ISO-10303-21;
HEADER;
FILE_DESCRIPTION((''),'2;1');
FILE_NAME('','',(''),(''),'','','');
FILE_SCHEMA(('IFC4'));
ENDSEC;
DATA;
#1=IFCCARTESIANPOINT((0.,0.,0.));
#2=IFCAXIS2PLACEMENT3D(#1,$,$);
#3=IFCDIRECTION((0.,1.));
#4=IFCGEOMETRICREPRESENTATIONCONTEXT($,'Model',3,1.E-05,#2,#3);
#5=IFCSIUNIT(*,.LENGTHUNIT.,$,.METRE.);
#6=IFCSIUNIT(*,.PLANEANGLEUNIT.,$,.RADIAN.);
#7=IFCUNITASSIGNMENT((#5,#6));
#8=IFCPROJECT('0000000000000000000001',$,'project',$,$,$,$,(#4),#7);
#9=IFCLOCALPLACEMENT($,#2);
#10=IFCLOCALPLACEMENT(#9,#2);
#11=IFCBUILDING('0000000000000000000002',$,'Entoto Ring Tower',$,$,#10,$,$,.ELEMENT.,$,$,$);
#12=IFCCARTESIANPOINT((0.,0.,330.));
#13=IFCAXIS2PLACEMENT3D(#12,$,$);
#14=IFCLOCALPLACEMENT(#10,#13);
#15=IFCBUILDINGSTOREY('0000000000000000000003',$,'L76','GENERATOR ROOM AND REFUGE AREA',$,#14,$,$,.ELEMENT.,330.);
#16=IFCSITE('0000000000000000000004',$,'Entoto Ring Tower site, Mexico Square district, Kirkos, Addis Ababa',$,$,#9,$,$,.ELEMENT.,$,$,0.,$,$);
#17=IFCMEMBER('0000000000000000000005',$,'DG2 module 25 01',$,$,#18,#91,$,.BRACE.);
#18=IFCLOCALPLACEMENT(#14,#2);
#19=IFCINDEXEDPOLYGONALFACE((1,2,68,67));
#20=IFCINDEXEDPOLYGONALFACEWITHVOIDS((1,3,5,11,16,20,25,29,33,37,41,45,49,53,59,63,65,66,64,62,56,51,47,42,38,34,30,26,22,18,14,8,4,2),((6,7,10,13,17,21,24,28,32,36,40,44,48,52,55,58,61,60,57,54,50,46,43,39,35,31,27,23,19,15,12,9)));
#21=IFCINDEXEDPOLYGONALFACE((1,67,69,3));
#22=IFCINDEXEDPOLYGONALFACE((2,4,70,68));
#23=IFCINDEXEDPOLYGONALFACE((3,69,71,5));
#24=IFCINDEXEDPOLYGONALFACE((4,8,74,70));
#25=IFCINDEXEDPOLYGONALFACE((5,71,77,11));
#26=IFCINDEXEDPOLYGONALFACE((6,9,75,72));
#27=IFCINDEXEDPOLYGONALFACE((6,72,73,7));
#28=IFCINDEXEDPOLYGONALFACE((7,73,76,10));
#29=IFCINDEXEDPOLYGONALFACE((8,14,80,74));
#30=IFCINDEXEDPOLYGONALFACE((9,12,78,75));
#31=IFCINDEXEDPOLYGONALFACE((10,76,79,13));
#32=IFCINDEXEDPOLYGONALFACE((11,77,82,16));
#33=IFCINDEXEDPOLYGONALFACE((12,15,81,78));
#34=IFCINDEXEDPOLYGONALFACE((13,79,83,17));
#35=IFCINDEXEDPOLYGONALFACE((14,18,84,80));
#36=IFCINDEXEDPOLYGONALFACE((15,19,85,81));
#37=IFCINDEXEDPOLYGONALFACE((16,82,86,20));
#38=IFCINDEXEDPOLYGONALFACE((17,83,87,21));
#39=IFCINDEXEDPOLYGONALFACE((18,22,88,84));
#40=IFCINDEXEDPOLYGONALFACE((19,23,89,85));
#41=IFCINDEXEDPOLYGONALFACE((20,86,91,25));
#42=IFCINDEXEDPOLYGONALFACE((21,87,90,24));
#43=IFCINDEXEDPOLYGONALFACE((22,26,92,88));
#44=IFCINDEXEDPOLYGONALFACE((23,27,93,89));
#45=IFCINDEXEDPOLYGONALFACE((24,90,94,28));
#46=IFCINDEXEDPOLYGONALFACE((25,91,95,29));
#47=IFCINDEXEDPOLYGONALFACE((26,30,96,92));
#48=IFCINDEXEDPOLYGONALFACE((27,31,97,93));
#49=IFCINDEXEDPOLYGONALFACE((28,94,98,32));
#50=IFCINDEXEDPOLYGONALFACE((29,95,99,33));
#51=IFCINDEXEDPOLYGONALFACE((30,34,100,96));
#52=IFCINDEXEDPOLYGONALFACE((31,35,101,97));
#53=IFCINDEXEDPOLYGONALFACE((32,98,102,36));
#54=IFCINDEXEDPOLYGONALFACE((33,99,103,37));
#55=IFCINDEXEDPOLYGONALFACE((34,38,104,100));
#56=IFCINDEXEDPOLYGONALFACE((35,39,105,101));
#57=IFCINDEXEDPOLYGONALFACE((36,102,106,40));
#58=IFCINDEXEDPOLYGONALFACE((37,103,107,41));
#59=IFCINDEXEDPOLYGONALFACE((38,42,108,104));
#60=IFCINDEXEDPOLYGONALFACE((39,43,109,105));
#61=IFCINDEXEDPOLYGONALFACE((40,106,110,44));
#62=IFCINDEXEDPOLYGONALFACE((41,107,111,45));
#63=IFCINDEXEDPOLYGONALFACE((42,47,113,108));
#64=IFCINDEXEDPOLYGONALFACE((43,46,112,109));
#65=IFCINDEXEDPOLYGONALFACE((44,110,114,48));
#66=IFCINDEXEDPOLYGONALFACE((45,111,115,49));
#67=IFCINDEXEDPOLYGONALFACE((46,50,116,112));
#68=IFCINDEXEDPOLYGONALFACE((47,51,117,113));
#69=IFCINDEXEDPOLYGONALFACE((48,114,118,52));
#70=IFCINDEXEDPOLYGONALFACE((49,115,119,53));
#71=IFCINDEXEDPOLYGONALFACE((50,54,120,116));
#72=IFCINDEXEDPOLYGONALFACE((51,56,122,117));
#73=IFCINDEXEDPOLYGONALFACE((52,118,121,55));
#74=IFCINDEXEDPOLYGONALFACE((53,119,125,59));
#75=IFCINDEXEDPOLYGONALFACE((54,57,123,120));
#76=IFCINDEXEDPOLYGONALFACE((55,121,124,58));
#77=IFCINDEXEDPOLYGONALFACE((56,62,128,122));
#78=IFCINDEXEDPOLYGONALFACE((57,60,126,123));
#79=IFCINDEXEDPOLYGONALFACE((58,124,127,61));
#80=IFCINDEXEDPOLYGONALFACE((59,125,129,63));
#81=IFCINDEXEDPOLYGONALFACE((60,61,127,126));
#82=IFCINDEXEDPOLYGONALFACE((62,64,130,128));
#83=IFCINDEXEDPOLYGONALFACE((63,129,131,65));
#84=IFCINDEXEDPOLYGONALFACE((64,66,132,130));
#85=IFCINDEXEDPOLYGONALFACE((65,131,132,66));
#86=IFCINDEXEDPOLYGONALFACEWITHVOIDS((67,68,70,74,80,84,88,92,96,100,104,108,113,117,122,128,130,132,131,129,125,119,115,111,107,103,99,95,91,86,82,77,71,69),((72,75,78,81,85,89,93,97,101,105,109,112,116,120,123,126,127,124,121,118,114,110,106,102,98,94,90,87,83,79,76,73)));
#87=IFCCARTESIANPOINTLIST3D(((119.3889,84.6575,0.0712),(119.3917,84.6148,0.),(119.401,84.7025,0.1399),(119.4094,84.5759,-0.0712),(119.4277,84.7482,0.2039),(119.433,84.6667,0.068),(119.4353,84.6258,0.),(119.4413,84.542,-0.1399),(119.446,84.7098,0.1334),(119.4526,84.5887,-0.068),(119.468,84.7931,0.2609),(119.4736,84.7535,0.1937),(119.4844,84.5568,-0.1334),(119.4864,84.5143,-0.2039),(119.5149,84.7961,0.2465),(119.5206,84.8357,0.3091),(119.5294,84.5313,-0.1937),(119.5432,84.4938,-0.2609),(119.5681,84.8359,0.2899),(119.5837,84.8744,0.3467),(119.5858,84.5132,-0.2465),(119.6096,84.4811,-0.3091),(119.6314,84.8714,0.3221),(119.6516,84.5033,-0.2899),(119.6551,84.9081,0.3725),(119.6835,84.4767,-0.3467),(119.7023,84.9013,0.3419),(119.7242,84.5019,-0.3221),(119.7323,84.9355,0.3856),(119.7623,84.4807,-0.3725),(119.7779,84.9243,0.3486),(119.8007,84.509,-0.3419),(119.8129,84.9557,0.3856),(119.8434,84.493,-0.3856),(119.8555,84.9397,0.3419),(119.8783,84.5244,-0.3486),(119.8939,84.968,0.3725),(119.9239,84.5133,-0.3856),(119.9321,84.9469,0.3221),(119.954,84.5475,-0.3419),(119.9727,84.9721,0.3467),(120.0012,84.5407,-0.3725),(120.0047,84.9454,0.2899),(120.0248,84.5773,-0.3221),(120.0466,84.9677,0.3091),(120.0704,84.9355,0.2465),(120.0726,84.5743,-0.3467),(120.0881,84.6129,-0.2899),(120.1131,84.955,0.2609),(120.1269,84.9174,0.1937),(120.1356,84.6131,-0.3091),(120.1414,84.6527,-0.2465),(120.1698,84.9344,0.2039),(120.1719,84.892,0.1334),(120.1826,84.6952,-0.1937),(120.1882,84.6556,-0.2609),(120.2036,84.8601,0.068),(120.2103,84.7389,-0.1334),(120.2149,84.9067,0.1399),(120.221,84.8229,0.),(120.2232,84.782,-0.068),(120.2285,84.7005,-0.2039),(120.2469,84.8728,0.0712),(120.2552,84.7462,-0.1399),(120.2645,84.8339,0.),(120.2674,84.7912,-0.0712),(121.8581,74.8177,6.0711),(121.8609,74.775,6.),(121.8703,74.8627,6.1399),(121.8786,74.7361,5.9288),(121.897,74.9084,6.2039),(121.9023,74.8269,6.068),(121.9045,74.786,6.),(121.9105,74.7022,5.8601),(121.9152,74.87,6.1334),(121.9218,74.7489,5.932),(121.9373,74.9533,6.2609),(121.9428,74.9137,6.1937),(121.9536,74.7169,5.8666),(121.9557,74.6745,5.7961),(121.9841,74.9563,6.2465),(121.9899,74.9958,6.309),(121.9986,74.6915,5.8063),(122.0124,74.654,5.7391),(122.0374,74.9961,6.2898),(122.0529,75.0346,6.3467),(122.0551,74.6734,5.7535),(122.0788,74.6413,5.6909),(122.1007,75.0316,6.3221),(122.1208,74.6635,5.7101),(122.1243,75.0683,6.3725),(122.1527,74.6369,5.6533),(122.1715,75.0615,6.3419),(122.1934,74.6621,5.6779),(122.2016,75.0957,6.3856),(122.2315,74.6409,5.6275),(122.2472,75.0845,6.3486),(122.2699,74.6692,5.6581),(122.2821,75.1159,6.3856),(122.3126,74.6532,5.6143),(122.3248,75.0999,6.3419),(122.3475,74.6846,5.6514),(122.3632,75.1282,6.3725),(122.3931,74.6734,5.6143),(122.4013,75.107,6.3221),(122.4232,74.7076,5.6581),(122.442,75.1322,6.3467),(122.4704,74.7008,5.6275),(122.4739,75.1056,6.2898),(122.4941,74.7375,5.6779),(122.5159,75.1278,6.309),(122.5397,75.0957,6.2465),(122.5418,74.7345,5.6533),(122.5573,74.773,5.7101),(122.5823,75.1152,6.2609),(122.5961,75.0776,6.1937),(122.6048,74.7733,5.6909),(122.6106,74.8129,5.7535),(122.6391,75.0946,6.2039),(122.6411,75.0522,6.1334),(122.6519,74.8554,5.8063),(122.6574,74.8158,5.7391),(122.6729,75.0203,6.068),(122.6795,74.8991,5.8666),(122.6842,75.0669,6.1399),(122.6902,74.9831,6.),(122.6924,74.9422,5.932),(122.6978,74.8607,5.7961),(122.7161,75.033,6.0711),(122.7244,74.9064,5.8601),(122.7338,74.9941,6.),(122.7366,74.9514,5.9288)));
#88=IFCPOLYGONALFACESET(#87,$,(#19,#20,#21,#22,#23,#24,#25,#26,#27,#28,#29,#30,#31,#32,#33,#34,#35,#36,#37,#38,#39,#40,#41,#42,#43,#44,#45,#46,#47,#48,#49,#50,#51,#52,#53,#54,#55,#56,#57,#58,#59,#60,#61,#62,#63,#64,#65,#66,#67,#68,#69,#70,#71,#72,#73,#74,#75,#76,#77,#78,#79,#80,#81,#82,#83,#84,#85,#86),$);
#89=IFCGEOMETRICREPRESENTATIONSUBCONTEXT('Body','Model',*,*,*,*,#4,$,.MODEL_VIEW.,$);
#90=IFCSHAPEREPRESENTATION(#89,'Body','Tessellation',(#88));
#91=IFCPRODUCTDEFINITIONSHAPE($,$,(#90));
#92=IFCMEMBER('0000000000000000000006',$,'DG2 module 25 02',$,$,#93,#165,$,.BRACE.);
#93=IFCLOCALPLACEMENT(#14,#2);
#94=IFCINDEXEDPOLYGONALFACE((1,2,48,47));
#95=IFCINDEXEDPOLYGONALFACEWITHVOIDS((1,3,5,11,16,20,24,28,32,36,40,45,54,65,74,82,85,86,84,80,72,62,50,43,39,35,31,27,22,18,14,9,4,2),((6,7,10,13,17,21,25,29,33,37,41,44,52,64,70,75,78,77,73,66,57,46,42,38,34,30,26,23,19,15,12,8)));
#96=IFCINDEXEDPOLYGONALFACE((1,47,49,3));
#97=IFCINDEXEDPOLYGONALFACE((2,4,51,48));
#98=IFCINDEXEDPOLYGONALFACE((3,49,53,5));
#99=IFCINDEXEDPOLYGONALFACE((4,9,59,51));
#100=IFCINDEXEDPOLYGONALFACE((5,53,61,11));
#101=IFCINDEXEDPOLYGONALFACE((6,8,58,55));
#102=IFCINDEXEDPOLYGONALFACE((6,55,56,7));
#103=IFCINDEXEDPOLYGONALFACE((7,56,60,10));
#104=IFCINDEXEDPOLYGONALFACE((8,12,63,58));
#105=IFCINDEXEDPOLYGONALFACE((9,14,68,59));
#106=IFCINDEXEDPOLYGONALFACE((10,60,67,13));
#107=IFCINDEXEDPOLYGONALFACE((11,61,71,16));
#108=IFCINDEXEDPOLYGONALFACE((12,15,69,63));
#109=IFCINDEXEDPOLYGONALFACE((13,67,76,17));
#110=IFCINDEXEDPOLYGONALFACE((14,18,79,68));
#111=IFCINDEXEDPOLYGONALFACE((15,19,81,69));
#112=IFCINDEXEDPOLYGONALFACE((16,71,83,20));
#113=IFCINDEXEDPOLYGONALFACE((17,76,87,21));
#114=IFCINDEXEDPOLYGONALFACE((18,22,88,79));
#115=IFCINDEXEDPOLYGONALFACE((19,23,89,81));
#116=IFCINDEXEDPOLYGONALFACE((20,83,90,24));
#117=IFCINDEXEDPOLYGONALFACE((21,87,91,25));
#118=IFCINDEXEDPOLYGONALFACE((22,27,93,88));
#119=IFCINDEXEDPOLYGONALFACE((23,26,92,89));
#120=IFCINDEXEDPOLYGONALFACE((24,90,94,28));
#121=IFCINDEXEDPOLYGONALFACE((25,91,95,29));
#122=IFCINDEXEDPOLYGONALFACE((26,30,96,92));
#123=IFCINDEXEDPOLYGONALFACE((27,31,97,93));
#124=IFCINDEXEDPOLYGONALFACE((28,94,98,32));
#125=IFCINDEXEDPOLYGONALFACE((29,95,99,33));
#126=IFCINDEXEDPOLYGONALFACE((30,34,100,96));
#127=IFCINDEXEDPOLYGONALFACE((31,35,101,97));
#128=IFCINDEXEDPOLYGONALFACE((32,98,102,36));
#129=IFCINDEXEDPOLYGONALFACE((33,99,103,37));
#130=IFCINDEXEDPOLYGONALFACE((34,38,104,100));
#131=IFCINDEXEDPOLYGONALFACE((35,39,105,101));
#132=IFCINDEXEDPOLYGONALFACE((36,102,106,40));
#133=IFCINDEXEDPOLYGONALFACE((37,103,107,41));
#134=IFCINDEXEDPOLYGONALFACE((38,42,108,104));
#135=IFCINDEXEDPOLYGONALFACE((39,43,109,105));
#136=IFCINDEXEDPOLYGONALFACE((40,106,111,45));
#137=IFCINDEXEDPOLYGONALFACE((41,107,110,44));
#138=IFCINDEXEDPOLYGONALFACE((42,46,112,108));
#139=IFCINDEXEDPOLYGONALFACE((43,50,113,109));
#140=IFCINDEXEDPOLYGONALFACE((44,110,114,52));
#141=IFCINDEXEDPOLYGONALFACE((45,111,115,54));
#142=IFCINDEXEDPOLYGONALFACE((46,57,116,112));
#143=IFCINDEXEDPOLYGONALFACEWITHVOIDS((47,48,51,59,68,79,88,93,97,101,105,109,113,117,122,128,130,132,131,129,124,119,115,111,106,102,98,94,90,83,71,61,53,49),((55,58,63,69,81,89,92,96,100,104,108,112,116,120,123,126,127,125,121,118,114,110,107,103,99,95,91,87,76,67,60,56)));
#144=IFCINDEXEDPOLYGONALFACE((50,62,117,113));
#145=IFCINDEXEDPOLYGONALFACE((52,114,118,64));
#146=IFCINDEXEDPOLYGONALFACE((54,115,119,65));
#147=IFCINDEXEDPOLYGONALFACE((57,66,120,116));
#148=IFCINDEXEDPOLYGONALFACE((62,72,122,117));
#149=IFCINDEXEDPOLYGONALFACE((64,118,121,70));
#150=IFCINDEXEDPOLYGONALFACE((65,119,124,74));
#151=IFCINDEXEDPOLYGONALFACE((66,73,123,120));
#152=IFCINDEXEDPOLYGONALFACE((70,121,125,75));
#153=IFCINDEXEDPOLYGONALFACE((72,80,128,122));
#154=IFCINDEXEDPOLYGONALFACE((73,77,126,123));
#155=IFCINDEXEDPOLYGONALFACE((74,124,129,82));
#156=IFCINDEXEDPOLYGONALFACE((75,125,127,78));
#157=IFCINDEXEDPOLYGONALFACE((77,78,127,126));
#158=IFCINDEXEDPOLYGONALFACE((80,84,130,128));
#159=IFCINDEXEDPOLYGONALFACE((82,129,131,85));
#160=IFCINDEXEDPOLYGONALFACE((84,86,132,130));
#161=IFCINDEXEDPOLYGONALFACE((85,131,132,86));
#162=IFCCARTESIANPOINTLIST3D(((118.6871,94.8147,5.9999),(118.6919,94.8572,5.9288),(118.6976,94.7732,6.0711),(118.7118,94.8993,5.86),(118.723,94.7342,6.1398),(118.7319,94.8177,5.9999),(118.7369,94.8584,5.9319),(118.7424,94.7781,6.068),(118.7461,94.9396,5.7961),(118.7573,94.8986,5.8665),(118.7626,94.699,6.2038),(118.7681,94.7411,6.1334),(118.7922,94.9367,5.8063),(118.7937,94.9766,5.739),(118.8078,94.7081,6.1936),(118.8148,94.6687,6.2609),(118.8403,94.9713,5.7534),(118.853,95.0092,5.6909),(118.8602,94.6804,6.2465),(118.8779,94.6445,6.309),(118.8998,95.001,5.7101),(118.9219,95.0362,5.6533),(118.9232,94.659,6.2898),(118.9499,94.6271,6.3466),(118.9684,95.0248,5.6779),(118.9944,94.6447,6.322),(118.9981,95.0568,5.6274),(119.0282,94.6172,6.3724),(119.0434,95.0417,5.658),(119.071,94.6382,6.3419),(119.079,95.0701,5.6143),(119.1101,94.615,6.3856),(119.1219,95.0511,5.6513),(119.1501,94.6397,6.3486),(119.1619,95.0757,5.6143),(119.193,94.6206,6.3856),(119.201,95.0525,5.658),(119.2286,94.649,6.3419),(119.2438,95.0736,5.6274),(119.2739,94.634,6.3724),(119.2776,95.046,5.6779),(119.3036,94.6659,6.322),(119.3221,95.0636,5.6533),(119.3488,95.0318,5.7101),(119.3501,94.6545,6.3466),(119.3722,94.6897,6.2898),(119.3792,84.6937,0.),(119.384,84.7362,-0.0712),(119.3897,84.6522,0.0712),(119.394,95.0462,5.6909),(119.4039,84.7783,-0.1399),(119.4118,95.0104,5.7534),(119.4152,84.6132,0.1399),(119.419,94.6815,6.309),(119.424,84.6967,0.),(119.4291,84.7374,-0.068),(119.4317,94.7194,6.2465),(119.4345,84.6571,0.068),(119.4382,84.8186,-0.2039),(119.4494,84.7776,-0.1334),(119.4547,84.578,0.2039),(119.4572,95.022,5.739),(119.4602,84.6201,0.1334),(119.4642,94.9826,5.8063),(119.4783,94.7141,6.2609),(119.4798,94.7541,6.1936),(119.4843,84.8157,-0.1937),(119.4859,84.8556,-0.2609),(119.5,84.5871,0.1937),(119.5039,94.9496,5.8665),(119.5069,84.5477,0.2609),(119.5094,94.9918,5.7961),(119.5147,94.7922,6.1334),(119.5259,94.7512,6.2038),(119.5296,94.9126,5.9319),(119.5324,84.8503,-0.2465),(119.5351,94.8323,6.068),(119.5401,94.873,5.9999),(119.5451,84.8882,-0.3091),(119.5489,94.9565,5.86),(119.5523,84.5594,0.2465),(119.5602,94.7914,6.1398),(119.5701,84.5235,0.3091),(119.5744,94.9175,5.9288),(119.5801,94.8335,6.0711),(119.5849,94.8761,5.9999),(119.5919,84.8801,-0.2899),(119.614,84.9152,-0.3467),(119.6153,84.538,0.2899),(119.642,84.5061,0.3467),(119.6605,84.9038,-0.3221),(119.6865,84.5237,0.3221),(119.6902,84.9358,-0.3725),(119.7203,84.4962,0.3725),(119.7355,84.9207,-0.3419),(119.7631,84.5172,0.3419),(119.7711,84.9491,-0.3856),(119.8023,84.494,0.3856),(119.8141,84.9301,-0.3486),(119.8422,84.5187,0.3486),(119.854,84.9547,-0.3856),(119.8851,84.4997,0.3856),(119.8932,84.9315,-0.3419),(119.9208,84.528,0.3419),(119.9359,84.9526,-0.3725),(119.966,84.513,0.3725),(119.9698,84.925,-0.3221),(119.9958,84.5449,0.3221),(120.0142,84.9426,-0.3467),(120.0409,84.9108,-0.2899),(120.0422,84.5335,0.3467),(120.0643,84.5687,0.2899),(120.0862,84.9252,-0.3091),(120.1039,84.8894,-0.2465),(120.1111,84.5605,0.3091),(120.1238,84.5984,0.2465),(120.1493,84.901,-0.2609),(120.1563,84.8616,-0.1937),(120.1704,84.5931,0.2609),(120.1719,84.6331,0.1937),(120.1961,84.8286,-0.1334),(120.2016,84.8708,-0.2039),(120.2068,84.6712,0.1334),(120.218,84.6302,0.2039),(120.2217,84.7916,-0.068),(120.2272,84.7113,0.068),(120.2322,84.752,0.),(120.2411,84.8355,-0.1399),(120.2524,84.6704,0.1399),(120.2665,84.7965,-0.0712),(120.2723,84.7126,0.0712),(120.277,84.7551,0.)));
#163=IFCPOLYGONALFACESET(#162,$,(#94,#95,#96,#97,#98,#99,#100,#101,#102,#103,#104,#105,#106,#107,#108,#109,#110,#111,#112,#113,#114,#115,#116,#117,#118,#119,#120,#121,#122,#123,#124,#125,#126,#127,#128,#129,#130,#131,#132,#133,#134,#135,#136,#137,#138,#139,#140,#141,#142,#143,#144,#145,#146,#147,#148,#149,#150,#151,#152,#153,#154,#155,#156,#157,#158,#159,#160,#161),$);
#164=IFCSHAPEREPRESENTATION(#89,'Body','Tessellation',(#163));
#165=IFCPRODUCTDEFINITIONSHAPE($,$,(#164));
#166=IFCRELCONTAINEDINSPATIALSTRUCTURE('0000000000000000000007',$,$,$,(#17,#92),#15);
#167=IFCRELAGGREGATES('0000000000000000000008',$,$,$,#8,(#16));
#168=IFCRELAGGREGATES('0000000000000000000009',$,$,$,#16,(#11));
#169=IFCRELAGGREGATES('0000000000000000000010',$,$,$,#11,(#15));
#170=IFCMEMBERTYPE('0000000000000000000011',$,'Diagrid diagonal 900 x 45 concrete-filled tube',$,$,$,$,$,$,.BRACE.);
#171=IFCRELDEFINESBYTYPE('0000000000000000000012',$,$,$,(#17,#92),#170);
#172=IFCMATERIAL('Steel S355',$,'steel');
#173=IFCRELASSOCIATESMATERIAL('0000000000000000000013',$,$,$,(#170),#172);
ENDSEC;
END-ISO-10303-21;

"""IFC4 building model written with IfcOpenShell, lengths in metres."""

from ifc_helpers import new_model, si_unit, direction, frame, origin, origin_2d, place, context, subcontext, project, spatial, circle, hollow_circle, extrude, material, material_profile, profile_set, type_object, element, save


model = new_model("IFC4")

# Units and contexts
model_context = context("Model", 3, precision=1e-05, world=origin(), true_north=direction((0.0, 1.0)))
body_context = subcontext(model_context, "Body", "Model", "MODEL_VIEW")
ifc_project = project(units=[si_unit("LENGTHUNIT", "METRE"), si_unit("PLANEANGLEUNIT", "RADIAN")], contexts=[model_context])

# Site, building, storey
site_placement = place(None, origin())
site = spatial("IfcSite", under=ifc_project, at=site_placement, Name="Entoto Ring Tower site, Mexico Square district, Kirkos, Addis Ababa", CompositionType="ELEMENT", RefElevation=0.0)
building_placement = place(site_placement, origin())
building = spatial("IfcBuilding", under=site, at=building_placement, Name="Entoto Ring Tower", CompositionType="ELEMENT")
storey_placement = place(building_placement, frame((0.0, 0.0, 330.0)))
storey = spatial("IfcBuildingStorey", under=building, at=storey_placement, Name="L76", Description="GENERATOR ROOM AND REFUGE AREA", CompositionType="ELEMENT", Elevation=330.0)

# Members
ifc_material_1 = material(Name="Steel S355", Category="steel")
ifc_material_profile_1 = material_profile(ifc_material_1, hollow_circle(Radius=0.45, WallThickness=0.0449, at=origin_2d()), Name="CHS 900 x 45")
ifc_material_2 = material(Name="Concrete C60/75", Category="concrete")
ifc_material_profile_2 = material_profile(ifc_material_2, circle(Radius=0.405, at=origin_2d()), Name="Concrete C60/75 infill")
ifc_profile_set_1 = profile_set([ifc_material_profile_1, ifc_material_profile_2], Name="Steel S355")
member_type_1 = type_object("IfcMemberType", Name="Diagrid diagonal 900 x 45 concrete-filled tube", PredefinedType="BRACE", material=ifc_profile_set_1)
member_1_placement = place(storey_placement, frame((119.8281, 84.7244, 0.0), z_axis=(0.209499, -0.834846, 0.50906), x_axis=(0.969927, 0.243396, 0.0)))
element("IfcMember", 1, at=member_1_placement, inside=storey, type_object=member_type_1, Name="DG2 module 25 01", PredefinedType="BRACE", context=body_context, shape_type="SweptSolid", body=[
    extrude(hollow_circle(Radius=0.45, WallThickness=0.0449, at=origin_2d()), origin(), (0.0, 0.0, 1.0), 11.7864),
])
member_2_placement = place(storey_placement, frame((119.8281, 84.7244, 0.0), z_axis=(-0.058724, 0.858721, 0.509068), x_axis=(-0.99767, -0.068226, 0.0)))
element("IfcMember", 2, at=member_2_placement, inside=storey, type_object=member_type_1, Name="DG2 module 25 02", PredefinedType="BRACE", context=body_context, shape_type="SweptSolid", body=[
    extrude(hollow_circle(Radius=0.45, WallThickness=0.0449, at=origin_2d()), origin(), (0.0, 0.0, 1.0), 11.7861),
])

save(model, "model.ifc")
